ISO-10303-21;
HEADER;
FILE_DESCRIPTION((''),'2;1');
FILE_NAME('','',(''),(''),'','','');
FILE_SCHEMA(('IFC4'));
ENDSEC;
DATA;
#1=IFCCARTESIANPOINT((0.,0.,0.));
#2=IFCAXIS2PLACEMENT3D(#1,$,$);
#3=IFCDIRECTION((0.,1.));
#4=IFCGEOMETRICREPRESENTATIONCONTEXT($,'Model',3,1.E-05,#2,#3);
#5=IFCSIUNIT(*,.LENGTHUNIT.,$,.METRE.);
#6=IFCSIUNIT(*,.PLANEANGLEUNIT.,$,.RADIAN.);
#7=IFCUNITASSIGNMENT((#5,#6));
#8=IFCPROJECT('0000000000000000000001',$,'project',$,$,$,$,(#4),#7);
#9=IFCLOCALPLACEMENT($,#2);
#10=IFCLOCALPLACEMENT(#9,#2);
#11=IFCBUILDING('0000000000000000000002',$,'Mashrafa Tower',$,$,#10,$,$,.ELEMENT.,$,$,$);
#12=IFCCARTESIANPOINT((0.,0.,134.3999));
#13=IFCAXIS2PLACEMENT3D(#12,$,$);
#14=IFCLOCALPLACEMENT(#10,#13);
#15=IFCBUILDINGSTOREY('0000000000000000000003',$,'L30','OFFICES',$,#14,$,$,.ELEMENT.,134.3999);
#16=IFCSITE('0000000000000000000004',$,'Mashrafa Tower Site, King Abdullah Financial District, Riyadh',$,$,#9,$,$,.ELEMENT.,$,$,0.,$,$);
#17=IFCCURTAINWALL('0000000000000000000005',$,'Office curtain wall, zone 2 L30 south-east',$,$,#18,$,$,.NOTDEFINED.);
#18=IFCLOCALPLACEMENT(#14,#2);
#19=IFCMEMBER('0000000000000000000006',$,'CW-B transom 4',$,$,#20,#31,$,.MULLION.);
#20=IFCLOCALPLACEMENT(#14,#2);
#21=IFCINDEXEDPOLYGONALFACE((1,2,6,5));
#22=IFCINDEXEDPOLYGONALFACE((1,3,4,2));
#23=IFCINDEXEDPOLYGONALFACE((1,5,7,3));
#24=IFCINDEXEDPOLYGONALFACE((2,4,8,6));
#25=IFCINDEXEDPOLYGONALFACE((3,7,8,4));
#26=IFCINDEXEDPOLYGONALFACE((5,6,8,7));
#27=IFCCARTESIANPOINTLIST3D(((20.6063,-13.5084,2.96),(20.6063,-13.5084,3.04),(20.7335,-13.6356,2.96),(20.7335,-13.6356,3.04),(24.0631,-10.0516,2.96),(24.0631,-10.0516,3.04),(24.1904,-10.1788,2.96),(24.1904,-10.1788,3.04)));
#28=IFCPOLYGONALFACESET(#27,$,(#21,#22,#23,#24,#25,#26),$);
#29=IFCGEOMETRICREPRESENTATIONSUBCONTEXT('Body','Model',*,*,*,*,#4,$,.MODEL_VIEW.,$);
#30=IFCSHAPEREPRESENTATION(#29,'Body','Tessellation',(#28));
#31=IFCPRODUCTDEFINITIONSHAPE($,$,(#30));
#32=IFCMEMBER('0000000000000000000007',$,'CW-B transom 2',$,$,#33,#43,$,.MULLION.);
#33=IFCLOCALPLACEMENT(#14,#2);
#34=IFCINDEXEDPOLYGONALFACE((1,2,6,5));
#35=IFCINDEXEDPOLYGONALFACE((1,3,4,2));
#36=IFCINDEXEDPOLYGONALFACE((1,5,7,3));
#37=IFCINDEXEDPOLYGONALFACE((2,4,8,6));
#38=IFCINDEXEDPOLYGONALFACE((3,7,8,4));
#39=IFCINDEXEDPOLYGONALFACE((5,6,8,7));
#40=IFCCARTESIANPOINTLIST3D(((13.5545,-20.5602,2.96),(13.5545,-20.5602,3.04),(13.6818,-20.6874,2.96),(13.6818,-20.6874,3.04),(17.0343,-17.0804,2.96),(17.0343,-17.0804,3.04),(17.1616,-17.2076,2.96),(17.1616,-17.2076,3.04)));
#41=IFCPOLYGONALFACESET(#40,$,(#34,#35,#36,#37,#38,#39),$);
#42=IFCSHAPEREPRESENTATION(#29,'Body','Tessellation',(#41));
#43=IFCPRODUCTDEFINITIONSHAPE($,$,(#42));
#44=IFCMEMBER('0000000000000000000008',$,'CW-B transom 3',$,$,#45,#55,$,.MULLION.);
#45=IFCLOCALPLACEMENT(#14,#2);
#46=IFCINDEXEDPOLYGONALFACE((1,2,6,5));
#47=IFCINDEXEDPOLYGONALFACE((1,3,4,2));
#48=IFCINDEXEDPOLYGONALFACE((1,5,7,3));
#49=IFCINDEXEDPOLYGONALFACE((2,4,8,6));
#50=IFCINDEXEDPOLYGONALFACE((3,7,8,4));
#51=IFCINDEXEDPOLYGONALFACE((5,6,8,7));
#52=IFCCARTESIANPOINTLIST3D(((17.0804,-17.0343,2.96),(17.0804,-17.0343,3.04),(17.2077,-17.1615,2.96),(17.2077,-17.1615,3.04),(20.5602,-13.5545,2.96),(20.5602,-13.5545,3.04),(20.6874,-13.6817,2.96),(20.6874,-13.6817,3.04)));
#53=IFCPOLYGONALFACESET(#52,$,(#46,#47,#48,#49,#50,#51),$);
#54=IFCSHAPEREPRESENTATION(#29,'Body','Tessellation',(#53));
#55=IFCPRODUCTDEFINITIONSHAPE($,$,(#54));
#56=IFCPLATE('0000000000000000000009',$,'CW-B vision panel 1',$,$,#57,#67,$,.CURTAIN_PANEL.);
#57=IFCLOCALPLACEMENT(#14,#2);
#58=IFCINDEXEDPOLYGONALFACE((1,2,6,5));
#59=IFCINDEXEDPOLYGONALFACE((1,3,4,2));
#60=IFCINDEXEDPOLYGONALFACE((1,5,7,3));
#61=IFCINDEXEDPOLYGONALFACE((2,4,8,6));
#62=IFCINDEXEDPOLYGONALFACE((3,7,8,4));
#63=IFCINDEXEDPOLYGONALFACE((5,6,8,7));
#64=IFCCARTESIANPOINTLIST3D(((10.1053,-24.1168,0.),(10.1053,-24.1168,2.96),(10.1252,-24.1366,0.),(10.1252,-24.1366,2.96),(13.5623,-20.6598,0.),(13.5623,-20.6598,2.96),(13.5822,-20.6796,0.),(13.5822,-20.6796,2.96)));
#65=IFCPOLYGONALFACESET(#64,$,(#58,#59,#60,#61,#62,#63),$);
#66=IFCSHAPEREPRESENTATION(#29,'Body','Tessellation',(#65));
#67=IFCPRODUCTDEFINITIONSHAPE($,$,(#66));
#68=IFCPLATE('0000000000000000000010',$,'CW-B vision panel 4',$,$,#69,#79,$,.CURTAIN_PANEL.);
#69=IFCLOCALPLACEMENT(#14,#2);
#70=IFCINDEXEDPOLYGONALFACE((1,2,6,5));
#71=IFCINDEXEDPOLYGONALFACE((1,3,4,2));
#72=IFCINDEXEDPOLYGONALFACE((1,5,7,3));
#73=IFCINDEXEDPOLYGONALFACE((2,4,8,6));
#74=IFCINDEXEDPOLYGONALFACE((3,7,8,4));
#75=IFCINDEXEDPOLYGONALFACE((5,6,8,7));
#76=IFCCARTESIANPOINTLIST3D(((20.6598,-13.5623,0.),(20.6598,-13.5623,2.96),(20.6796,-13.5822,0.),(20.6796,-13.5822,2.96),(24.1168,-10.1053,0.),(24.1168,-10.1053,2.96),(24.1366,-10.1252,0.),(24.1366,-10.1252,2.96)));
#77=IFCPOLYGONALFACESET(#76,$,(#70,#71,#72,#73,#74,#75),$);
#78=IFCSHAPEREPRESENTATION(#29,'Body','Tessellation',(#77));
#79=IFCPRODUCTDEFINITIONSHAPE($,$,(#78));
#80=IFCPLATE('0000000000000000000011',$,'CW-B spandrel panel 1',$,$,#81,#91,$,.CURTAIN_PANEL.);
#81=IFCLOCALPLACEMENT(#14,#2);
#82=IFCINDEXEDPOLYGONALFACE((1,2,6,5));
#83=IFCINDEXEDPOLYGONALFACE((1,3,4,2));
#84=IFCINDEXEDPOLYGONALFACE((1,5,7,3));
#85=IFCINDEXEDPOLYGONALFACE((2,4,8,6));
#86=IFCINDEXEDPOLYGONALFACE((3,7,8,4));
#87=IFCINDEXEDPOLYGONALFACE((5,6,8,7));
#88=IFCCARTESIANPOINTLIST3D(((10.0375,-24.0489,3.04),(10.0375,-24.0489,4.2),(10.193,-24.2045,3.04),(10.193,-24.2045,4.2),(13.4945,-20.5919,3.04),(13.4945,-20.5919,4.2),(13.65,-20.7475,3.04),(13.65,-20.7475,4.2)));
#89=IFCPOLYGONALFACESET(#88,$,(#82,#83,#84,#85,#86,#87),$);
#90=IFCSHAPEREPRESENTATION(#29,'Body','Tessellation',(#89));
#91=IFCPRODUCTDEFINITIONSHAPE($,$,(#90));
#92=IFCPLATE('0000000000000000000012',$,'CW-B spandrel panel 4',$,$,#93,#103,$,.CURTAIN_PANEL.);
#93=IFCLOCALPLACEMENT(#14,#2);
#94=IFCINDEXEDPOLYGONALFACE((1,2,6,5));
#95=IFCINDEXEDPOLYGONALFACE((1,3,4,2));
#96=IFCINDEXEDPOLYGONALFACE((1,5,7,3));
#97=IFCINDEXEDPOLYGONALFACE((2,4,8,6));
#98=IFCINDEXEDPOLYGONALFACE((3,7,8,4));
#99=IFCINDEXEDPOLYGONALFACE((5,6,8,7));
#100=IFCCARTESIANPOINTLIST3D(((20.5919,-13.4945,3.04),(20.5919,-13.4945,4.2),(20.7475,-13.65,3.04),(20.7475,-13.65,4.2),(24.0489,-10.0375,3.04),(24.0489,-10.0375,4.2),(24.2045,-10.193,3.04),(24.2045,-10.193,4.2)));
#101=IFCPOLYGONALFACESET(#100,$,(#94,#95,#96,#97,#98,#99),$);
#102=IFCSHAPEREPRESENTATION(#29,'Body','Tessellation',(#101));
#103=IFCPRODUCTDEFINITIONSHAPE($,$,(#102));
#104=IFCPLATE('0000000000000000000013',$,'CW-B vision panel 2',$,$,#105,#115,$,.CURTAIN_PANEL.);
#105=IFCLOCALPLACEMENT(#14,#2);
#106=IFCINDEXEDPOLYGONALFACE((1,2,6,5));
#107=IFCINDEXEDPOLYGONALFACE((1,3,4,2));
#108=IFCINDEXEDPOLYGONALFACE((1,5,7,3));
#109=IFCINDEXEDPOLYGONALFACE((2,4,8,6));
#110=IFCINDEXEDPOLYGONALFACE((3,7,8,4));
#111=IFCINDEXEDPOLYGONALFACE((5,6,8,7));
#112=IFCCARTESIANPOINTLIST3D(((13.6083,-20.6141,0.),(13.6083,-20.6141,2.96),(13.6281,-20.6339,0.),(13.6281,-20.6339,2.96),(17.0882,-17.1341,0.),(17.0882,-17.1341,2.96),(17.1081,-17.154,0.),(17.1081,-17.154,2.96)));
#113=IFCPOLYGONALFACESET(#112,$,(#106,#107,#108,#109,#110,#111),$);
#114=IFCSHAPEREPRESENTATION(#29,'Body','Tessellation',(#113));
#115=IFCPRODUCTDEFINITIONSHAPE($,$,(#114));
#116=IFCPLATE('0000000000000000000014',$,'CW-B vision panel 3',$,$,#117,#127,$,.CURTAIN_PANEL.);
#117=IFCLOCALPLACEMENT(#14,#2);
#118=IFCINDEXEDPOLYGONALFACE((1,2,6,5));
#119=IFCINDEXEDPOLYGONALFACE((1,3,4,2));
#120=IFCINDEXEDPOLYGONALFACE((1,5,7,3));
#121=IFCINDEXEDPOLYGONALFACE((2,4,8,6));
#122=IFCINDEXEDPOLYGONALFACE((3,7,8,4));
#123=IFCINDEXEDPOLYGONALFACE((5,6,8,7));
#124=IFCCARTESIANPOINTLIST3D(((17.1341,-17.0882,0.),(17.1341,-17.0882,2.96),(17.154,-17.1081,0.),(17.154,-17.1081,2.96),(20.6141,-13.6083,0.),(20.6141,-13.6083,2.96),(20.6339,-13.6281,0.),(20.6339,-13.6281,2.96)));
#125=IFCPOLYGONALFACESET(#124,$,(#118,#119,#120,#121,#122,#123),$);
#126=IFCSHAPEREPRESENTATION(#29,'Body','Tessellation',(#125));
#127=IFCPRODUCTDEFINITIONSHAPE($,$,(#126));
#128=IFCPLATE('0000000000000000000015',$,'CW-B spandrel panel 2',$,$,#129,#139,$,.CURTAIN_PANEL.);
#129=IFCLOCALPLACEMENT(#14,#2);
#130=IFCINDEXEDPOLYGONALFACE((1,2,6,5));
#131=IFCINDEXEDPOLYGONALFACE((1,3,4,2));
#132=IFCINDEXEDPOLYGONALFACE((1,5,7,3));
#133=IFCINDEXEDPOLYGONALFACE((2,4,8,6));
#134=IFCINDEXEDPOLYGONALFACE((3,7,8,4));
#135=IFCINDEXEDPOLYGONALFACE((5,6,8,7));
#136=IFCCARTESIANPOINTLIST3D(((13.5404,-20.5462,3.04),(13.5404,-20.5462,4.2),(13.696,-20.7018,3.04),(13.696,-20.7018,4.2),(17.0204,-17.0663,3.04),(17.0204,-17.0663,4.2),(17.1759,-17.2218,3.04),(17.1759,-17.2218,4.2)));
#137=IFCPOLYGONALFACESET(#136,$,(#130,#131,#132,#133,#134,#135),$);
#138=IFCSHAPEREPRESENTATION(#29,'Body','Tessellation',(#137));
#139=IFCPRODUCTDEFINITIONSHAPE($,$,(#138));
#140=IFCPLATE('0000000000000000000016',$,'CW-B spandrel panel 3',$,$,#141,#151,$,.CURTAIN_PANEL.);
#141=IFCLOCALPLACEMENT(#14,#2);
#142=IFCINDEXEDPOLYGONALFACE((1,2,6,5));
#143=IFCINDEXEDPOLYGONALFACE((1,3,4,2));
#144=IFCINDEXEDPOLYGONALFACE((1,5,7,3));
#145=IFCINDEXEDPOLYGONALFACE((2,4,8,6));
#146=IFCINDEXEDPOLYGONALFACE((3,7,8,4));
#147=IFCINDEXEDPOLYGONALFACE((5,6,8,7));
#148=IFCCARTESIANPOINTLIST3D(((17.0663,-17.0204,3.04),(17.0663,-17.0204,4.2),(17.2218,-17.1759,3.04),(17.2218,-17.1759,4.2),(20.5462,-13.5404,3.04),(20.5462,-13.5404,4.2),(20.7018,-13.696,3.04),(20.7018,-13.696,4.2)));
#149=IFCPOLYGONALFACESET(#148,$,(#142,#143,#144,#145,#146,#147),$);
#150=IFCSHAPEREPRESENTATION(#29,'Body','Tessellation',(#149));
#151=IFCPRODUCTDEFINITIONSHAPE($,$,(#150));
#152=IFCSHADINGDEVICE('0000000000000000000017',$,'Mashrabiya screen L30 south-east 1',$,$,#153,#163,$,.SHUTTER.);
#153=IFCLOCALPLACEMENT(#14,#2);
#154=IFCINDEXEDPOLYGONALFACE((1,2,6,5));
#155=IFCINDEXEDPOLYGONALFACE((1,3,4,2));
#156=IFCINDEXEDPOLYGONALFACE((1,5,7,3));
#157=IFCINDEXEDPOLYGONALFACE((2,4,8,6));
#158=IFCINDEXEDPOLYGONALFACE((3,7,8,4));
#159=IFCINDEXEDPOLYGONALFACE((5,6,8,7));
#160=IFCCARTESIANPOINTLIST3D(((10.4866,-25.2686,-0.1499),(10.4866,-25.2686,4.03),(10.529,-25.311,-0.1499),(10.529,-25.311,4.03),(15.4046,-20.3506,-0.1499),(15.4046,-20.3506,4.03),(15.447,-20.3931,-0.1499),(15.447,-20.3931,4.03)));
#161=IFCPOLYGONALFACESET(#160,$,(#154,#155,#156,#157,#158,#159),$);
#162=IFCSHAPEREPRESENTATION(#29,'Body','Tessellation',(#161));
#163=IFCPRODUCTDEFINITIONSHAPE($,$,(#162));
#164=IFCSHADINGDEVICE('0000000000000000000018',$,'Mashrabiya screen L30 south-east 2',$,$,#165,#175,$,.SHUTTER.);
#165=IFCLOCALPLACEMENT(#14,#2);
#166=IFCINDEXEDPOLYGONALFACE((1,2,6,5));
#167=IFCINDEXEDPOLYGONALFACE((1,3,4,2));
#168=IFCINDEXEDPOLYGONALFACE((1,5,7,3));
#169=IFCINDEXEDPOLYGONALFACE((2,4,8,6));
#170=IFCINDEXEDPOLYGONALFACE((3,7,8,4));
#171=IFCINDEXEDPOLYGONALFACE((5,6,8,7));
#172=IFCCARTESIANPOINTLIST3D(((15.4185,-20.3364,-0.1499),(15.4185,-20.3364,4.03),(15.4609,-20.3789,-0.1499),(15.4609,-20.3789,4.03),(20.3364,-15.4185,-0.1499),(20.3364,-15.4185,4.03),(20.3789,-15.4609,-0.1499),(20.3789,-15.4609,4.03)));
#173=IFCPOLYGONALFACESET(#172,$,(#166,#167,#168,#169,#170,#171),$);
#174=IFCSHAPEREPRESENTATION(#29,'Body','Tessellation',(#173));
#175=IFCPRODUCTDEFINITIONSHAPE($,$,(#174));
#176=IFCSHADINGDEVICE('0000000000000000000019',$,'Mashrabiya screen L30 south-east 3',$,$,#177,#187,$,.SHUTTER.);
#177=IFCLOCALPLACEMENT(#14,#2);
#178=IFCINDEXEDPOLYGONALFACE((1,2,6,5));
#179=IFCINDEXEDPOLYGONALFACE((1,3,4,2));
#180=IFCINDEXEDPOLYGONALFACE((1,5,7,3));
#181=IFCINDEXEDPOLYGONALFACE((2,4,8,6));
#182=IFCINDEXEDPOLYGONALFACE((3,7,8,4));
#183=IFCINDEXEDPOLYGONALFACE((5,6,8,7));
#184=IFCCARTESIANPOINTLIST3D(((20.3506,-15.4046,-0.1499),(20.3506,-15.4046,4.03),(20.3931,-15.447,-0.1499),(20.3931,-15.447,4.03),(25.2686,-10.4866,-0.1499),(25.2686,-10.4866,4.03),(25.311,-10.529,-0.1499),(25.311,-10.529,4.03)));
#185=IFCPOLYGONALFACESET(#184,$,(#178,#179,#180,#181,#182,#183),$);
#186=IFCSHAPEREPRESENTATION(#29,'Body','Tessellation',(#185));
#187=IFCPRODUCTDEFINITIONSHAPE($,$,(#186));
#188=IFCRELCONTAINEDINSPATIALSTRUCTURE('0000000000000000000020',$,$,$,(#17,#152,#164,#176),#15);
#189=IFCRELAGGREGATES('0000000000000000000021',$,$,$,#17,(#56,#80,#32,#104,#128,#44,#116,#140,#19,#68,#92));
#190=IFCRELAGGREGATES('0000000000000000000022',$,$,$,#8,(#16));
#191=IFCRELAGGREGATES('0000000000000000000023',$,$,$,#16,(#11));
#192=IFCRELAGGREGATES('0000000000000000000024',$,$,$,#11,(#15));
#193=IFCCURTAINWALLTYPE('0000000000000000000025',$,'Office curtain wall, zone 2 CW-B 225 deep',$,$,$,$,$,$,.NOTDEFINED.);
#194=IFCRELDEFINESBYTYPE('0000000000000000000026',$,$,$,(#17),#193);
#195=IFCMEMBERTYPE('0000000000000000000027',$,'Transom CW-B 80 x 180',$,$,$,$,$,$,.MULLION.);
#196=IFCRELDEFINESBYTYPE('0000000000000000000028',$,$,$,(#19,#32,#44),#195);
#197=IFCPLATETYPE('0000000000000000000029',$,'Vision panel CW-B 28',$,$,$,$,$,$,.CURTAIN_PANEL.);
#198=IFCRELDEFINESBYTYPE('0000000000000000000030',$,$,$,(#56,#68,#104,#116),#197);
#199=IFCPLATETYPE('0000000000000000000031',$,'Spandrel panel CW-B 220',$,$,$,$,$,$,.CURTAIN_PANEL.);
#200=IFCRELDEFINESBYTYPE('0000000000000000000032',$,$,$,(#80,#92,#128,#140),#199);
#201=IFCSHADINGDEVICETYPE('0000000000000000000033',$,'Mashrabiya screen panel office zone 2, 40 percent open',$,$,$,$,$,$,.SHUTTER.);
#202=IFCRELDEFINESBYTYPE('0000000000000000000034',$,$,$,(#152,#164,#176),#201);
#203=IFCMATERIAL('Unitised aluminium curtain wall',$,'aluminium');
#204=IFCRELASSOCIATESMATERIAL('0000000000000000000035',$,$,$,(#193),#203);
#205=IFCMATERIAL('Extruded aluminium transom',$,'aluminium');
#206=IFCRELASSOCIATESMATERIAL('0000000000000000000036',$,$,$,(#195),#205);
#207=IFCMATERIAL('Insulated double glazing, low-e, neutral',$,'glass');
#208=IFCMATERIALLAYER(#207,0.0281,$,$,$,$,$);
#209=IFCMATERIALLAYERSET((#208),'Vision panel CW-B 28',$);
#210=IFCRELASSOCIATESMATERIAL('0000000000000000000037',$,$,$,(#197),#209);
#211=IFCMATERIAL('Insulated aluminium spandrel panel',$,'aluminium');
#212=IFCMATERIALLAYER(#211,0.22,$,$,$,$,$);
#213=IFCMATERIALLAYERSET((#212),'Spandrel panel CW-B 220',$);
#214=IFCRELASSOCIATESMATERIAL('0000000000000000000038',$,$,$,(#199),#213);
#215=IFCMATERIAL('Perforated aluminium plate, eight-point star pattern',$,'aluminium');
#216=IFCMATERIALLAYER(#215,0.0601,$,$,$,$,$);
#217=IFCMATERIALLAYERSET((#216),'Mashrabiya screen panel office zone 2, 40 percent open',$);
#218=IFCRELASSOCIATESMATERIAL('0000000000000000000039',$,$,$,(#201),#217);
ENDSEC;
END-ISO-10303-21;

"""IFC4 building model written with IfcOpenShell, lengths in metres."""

from ifc_helpers import new_model, si_unit, direction, frame, origin, origin_2d, place, context, subcontext, project, spatial, rectangle, extrude, source, transform, mapped, material, layer, layer_set, material_profile, profile_set, type_object, type_shapes, element, aggregate, save


model = new_model("IFC4")

# Units and contexts
model_context = context("Model", 3, precision=1e-05, world=origin(), true_north=direction((0.0, 1.0)))
body_context = subcontext(model_context, "Body", "Model", "MODEL_VIEW")
ifc_project = project(units=[si_unit("LENGTHUNIT", "METRE"), si_unit("PLANEANGLEUNIT", "RADIAN")], contexts=[model_context])

# Site, building, storey
site_placement = place(None, origin())
site = spatial("IfcSite", under=ifc_project, at=site_placement, Name="Mashrafa Tower Site, King Abdullah Financial District, Riyadh", CompositionType="ELEMENT", RefElevation=0.0)
building_placement = place(site_placement, origin())
building = spatial("IfcBuilding", under=site, at=building_placement, Name="Mashrafa Tower", CompositionType="ELEMENT")
storey_placement = place(building_placement, frame((0.0, 0.0, 134.3999)))
storey = spatial("IfcBuildingStorey", under=building, at=storey_placement, Name="L30", Description="OFFICES", CompositionType="ELEMENT", Elevation=134.3999)

# Curtain wall, members, plates
ifc_material_1 = material(Name="Unitised aluminium curtain wall", Category="aluminium")
curtain_wall_type = type_object("IfcCurtainWallType", Name="Office curtain wall, zone 2 CW-B 225 deep", PredefinedType="NOTDEFINED", material=ifc_material_1)
curtain_wall_placement = place(storey_placement, origin())
curtain_wall = element("IfcCurtainWall", 1, at=curtain_wall_placement, inside=storey, type_object=curtain_wall_type, Name="Office curtain wall, zone 2 L30 south-east", PredefinedType="NOTDEFINED")
ifc_material_2 = material(Name="Extruded aluminium transom", Category="aluminium")
ifc_material_profile_1 = material_profile(ifc_material_2, rectangle(XDim=0.1799, YDim=0.0801, at=origin_2d()), Name="Transom 80x180")
ifc_profile_set_1 = profile_set([ifc_material_profile_1], Name="Extruded aluminium transom")
member_type_1 = type_object("IfcMemberType", Name="Transom CW-B 80 x 180", PredefinedType="MULLION", material=ifc_profile_set_1)
shared_shape_1 = source(origin(), body_context, "Body", "SweptSolid", [
    extrude(rectangle(XDim=0.1799, YDim=0.0801, at=origin_2d()), origin(), (0.0, 0.0, 1.0), 4.8887),
])
member_1_placement = place(storey_placement, frame((20.6699, -13.572, 3.0), z_axis=(0.707107, 0.707107, 0.0), x_axis=(-0.707107, 0.707107, 0.0)))
member_1 = element("IfcMember", 2, at=member_1_placement, type_object=member_type_1, Name="CW-B transom 4", PredefinedType="MULLION", context=body_context, shape_type="MappedRepresentation", body=[
    mapped(shared_shape_1, transform((0.0, 0.0, 0.0))),
])
shared_shape_2 = source(origin(), body_context, "Body", "SweptSolid", [
    extrude(rectangle(XDim=0.1799, YDim=0.0801, at=origin_2d()), origin(), (0.0, 0.0, 1.0), 4.9211),
])
type_shapes(member_type_1, [shared_shape_1, shared_shape_2])
member_2_placement = place(storey_placement, frame((13.6182, -20.6238, 3.0), z_axis=(0.707107, 0.707107, 0.0), x_axis=(-0.707107, 0.707107, 0.0)))
member_2 = element("IfcMember", 3, at=member_2_placement, type_object=member_type_1, Name="CW-B transom 2", PredefinedType="MULLION", context=body_context, shape_type="MappedRepresentation", body=[
    mapped(shared_shape_2, transform((0.0, 0.0, 0.0))),
])
member_3_placement = place(storey_placement, frame((17.144, -17.0979, 3.0), z_axis=(0.707107, 0.707107, 0.0), x_axis=(-0.707107, 0.707107, 0.0)))
member_3 = element("IfcMember", 4, at=member_3_placement, type_object=member_type_1, Name="CW-B transom 3", PredefinedType="MULLION", context=body_context, shape_type="MappedRepresentation", body=[
    mapped(shared_shape_2, transform((0.0, 0.0, 0.0))),
])
ifc_material_3 = material(Name="Insulated double glazing, low-e, neutral", Category="glass")
ifc_layer_1 = layer(ifc_material_3, 0.0281)
ifc_layer_set_1 = layer_set([ifc_layer_1], Name="Vision panel CW-B 28")
plate_type_1 = type_object("IfcPlateType", Name="Vision panel CW-B 28", PredefinedType="CURTAIN_PANEL", material=ifc_layer_set_1)
shared_shape_3 = source(origin(), body_context, "Body", "SweptSolid", [
    extrude(rectangle(XDim=4.8889, YDim=0.0281, at=origin_2d()), origin(), (0.0, 0.0, 1.0), 2.96),
])
plate_1_placement = place(storey_placement, frame((11.8438, -22.3982, 0.0), z_axis=(0.0, 0.0, 1.0), x_axis=(0.707107, 0.707107, 0.0)))
plate_1 = element("IfcPlate", 5, at=plate_1_placement, type_object=plate_type_1, Name="CW-B vision panel 1", PredefinedType="CURTAIN_PANEL", context=body_context, shape_type="MappedRepresentation", body=[
    mapped(shared_shape_3, transform((0.0, 0.0, 0.0))),
])
plate_2_placement = place(storey_placement, frame((22.3982, -11.8438, 0.0), z_axis=(0.0, 0.0, 1.0), x_axis=(0.707107, 0.707107, 0.0)))
plate_2 = element("IfcPlate", 6, at=plate_2_placement, type_object=plate_type_1, Name="CW-B vision panel 4", PredefinedType="CURTAIN_PANEL", context=body_context, shape_type="MappedRepresentation", body=[
    mapped(shared_shape_3, transform((0.0, 0.0, 0.0))),
])
ifc_material_4 = material(Name="Insulated aluminium spandrel panel", Category="aluminium")
ifc_layer_2 = layer(ifc_material_4, 0.22)
ifc_layer_set_2 = layer_set([ifc_layer_2], Name="Spandrel panel CW-B 220")
plate_type_2 = type_object("IfcPlateType", Name="Spandrel panel CW-B 220", PredefinedType="CURTAIN_PANEL", material=ifc_layer_set_2)
shared_shape_4 = source(origin(), body_context, "Body", "SweptSolid", [
    extrude(rectangle(XDim=4.8889, YDim=0.22, at=origin_2d()), origin(), (0.0, 0.0, 1.0), 1.1599),
])
plate_3_placement = place(storey_placement, frame((11.8438, -22.3982, 3.04), z_axis=(0.0, 0.0, 1.0), x_axis=(0.707107, 0.707107, 0.0)))
plate_3 = element("IfcPlate", 7, at=plate_3_placement, type_object=plate_type_2, Name="CW-B spandrel panel 1", PredefinedType="CURTAIN_PANEL", context=body_context, shape_type="MappedRepresentation", body=[
    mapped(shared_shape_4, transform((0.0, 0.0, 0.0))),
])
plate_4_placement = place(storey_placement, frame((22.3982, -11.8438, 3.04), z_axis=(0.0, 0.0, 1.0), x_axis=(0.707107, 0.707107, 0.0)))
plate_4 = element("IfcPlate", 8, at=plate_4_placement, type_object=plate_type_2, Name="CW-B spandrel panel 4", PredefinedType="CURTAIN_PANEL", context=body_context, shape_type="MappedRepresentation", body=[
    mapped(shared_shape_4, transform((0.0, 0.0, 0.0))),
])
shared_shape_5 = source(origin(), body_context, "Body", "SweptSolid", [
    extrude(rectangle(XDim=4.9214, YDim=0.0281, at=origin_2d()), origin(), (0.0, 0.0, 1.0), 2.96),
])
type_shapes(plate_type_1, [shared_shape_3, shared_shape_5])
plate_5_placement = place(storey_placement, frame((15.3582, -18.884, 0.0), z_axis=(0.0, 0.0, 1.0), x_axis=(0.707107, 0.707107, 0.0)))
plate_5 = element("IfcPlate", 9, at=plate_5_placement, type_object=plate_type_1, Name="CW-B vision panel 2", PredefinedType="CURTAIN_PANEL", context=body_context, shape_type="MappedRepresentation", body=[
    mapped(shared_shape_5, transform((0.0, 0.0, 0.0))),
])
plate_6_placement = place(storey_placement, frame((18.884, -15.3582, 0.0), z_axis=(0.0, 0.0, 1.0), x_axis=(0.707107, 0.707107, 0.0)))
plate_6 = element("IfcPlate", 10, at=plate_6_placement, type_object=plate_type_1, Name="CW-B vision panel 3", PredefinedType="CURTAIN_PANEL", context=body_context, shape_type="MappedRepresentation", body=[
    mapped(shared_shape_5, transform((0.0, 0.0, 0.0))),
])
shared_shape_6 = source(origin(), body_context, "Body", "SweptSolid", [
    extrude(rectangle(XDim=4.9214, YDim=0.22, at=origin_2d()), origin(), (0.0, 0.0, 1.0), 1.1599),
])
type_shapes(plate_type_2, [shared_shape_4, shared_shape_6])
plate_7_placement = place(storey_placement, frame((15.3582, -18.884, 3.04), z_axis=(0.0, 0.0, 1.0), x_axis=(0.707107, 0.707107, 0.0)))
plate_7 = element("IfcPlate", 11, at=plate_7_placement, type_object=plate_type_2, Name="CW-B spandrel panel 2", PredefinedType="CURTAIN_PANEL", context=body_context, shape_type="MappedRepresentation", body=[
    mapped(shared_shape_6, transform((0.0, 0.0, 0.0))),
])
plate_8_placement = place(storey_placement, frame((18.884, -15.3582, 3.04), z_axis=(0.0, 0.0, 1.0), x_axis=(0.707107, 0.707107, 0.0)))
plate_8 = element("IfcPlate", 12, at=plate_8_placement, type_object=plate_type_2, Name="CW-B spandrel panel 3", PredefinedType="CURTAIN_PANEL", context=body_context, shape_type="MappedRepresentation", body=[
    mapped(shared_shape_6, transform((0.0, 0.0, 0.0))),
])
aggregate(curtain_wall, [plate_1, plate_3, member_2, plate_5, plate_7, member_3, plate_6, plate_8, member_1, plate_2, plate_4])

# Shading devices
ifc_material_5 = material(Name="Perforated aluminium plate, eight-point star pattern", Category="aluminium")
ifc_layer_3 = layer(ifc_material_5, 0.0601)
ifc_layer_set_3 = layer_set([ifc_layer_3], Name="Mashrabiya screen panel office zone 2, 40 percent open")
shading_device_type = type_object("IfcShadingDeviceType", Name="Mashrabiya screen panel office zone 2, 40 percent open", PredefinedType="SHUTTER", material=ifc_layer_set_3)
shared_shape_7 = source(origin(), body_context, "Body", "SweptSolid", [
    extrude(rectangle(XDim=6.9551, YDim=0.0601, at=origin_2d()), origin(), (0.0, 0.0, 1.0), 4.1799),
])
type_shapes(shading_device_type, [shared_shape_7])
for number, where, z_axis, x_axis, name in (
    (13, (12.9668, -22.8308, -0.1499), (0.0, 0.0, 1.0), (0.707107, 0.707107, 0.0), "Mashrabiya screen L30 south-east 1"),
    (14, (17.8987, -17.8987, -0.1499), (0.0, 0.0, 1.0), (0.707107, 0.707107, 0.0), "Mashrabiya screen L30 south-east 2"),
    (15, (22.8308, -12.9668, -0.1499), (0.0, 0.0, 1.0), (0.707107, 0.707107, 0.0), "Mashrabiya screen L30 south-east 3"),
):
    element("IfcShadingDevice", number, at=place(storey_placement, frame(where, z_axis=z_axis, x_axis=x_axis)), inside=storey, type_object=shading_device_type, Name=name, PredefinedType="SHUTTER", context=body_context, shape_type="MappedRepresentation", body=[
        mapped(shared_shape_7, transform((0.0, 0.0, 0.0))),
    ])

save(model, "model.ifc")
